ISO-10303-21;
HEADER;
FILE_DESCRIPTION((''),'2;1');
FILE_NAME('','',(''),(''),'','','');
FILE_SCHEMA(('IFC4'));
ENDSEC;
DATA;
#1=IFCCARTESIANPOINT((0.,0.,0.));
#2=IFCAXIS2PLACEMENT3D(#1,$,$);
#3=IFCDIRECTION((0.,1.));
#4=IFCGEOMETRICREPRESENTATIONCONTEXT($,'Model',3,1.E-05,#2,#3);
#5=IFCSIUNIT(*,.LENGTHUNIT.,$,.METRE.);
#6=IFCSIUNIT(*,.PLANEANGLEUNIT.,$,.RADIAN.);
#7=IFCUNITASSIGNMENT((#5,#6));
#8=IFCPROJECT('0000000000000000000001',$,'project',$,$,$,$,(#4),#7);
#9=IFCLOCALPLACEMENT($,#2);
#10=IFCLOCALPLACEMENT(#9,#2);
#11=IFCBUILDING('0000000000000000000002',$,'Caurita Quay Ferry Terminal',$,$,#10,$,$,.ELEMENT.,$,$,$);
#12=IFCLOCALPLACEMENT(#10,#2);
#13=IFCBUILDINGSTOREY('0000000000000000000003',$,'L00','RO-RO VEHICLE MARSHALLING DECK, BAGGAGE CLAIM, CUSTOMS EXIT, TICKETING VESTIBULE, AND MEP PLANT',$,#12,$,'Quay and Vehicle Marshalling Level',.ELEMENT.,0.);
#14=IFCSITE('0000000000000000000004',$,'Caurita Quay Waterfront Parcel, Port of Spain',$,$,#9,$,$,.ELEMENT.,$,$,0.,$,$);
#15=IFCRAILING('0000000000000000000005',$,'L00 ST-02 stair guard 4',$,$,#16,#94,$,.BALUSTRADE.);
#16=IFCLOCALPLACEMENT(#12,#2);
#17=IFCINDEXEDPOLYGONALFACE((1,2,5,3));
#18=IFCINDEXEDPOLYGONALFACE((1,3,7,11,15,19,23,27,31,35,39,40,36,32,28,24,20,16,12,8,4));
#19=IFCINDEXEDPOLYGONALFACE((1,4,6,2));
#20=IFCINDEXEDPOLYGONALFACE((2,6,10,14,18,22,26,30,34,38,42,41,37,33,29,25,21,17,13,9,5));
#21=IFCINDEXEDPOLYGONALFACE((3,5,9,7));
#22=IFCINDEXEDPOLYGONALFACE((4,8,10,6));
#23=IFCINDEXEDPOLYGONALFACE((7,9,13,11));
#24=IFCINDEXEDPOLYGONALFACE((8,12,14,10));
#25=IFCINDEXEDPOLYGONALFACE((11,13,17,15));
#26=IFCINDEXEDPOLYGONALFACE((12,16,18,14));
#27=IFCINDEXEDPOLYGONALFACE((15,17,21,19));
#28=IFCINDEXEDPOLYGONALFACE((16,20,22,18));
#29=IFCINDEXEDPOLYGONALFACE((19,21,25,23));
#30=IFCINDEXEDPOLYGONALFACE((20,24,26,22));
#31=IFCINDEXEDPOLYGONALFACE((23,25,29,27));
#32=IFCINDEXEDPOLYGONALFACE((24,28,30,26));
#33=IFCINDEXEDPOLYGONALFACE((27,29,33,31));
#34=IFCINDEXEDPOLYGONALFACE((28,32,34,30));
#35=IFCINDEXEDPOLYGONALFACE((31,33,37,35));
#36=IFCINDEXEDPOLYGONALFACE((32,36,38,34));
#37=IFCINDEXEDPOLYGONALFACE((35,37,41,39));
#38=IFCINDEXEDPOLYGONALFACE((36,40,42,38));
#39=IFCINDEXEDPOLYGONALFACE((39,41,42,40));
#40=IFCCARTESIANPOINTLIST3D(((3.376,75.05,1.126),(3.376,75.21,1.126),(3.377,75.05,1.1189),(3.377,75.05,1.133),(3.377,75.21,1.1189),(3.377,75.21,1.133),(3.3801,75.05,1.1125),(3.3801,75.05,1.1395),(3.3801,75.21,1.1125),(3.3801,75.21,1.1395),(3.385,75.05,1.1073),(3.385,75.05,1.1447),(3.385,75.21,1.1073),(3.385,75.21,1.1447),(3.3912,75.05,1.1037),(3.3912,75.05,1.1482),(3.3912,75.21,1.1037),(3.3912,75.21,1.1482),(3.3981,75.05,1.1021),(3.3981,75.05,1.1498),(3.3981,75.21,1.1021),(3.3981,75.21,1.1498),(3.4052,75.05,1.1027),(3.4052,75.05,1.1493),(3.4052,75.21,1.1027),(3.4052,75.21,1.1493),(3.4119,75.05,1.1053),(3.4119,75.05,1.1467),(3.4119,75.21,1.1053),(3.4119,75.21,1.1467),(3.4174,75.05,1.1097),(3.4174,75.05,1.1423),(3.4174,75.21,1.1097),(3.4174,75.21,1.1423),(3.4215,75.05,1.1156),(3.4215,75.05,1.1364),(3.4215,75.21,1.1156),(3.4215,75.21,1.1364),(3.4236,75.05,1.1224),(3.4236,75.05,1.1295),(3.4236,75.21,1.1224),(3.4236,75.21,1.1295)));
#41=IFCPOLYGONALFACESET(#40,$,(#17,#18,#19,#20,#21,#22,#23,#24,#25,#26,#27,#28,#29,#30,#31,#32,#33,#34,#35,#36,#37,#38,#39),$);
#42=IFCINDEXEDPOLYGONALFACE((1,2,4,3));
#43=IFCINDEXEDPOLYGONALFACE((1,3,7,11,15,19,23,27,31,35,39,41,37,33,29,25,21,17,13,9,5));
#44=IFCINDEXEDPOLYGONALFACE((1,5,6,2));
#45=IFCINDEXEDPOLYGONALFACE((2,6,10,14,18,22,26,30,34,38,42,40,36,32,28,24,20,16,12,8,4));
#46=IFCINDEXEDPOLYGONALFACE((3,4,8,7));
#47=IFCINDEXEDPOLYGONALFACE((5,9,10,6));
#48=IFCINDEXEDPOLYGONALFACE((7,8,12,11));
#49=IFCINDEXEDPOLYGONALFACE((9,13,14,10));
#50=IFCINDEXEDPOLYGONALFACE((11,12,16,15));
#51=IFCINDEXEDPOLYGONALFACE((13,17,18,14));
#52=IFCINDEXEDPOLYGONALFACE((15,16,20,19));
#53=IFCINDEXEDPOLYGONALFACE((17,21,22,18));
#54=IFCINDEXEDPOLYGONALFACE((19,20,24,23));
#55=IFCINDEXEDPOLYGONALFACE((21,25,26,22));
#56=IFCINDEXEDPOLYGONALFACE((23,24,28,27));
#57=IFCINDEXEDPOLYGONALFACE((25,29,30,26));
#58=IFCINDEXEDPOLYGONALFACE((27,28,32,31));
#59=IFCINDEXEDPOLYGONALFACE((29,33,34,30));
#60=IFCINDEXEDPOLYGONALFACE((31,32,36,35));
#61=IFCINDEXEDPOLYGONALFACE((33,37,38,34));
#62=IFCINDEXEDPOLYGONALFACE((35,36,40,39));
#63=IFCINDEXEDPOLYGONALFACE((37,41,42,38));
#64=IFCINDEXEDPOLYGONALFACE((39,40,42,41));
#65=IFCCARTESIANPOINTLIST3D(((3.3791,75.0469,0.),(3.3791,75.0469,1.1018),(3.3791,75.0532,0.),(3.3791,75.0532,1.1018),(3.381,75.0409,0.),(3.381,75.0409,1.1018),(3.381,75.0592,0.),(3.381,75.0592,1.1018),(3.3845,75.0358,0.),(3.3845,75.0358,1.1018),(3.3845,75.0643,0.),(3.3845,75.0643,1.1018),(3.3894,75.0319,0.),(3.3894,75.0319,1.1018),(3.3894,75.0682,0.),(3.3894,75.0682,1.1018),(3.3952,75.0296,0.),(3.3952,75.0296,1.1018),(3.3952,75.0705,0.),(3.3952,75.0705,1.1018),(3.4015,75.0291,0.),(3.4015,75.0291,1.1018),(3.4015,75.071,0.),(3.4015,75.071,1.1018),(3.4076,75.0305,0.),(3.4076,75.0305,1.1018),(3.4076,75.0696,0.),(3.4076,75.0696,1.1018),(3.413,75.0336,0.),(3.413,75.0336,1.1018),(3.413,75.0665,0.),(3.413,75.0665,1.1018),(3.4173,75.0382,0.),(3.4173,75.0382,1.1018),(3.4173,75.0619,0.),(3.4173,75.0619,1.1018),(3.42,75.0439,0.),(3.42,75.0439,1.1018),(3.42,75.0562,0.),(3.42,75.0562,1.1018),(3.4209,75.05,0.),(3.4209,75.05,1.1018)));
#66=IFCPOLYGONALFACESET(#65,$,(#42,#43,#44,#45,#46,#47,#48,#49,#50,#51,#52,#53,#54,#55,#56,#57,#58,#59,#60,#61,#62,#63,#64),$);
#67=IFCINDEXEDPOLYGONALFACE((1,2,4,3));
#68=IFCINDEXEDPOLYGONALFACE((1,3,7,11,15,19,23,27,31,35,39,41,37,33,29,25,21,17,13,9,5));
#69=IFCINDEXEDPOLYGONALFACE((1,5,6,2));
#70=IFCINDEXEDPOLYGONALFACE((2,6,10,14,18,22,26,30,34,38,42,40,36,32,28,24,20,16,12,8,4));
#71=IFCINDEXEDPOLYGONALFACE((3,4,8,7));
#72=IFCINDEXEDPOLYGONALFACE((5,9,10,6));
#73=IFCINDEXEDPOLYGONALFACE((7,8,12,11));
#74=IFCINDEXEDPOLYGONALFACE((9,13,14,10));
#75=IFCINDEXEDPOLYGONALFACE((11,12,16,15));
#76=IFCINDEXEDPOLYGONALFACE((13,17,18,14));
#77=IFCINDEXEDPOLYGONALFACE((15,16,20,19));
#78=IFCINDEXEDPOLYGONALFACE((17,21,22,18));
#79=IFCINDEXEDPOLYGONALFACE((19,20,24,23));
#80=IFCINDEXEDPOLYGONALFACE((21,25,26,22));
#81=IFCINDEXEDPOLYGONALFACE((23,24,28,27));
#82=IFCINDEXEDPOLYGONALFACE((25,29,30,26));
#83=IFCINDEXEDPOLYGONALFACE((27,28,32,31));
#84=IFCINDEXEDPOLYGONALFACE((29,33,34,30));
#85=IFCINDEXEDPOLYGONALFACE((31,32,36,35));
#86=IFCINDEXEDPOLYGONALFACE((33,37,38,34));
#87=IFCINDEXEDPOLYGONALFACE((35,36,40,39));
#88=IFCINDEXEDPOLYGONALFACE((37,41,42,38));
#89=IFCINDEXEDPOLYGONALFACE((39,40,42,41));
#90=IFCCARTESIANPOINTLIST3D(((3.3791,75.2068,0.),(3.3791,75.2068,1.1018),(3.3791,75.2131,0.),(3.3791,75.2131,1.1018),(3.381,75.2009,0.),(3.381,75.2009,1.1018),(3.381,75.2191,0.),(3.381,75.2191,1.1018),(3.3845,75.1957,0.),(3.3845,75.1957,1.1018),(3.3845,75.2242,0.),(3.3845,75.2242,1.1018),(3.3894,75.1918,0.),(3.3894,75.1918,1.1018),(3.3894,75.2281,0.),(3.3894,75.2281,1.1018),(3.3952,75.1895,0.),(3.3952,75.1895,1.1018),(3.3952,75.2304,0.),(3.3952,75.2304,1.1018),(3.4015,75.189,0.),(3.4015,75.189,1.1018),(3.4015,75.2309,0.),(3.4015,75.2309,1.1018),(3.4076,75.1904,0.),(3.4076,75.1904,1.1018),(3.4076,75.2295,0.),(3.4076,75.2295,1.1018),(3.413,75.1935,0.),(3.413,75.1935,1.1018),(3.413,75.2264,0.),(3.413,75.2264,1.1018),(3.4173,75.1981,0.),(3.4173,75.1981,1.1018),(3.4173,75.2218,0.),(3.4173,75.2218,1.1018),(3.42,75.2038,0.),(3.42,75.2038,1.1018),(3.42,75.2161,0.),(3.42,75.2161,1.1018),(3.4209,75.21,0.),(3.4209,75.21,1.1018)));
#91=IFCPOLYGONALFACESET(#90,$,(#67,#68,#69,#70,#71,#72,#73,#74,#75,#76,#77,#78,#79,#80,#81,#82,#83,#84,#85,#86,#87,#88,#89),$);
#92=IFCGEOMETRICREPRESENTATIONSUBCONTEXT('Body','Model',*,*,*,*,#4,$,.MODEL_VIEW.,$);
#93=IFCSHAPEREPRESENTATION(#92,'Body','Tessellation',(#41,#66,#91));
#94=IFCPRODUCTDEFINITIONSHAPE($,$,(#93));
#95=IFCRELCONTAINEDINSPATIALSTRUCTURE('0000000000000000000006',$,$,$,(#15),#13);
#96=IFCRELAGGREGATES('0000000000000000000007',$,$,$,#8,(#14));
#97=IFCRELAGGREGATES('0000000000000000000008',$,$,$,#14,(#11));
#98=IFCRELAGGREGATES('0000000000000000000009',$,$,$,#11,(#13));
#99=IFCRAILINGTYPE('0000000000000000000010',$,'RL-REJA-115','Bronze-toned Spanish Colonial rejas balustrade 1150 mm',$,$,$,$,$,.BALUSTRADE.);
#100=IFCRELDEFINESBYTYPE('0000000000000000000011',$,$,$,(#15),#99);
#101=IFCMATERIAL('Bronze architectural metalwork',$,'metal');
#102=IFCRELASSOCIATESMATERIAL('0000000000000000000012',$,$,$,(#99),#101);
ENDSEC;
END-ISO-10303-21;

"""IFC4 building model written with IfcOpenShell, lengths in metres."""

from ifc_helpers import new_model, si_unit, direction, frame, origin, origin_2d, place, context, subcontext, project, spatial, circle, extrude, material, type_object, element, save


model = new_model("IFC4")

# Units and contexts
model_context = context("Model", 3, precision=1e-05, world=origin(), true_north=direction((0.0, 1.0)))
body_context = subcontext(model_context, "Body", "Model", "MODEL_VIEW")
ifc_project = project(units=[si_unit("LENGTHUNIT", "METRE"), si_unit("PLANEANGLEUNIT", "RADIAN")], contexts=[model_context])

# Site, building, storey
site_placement = place(None, origin())
site = spatial("IfcSite", under=ifc_project, at=site_placement, Name="Caurita Quay Waterfront Parcel, Port of Spain", CompositionType="ELEMENT", RefElevation=0.0)
building_placement = place(site_placement, origin())
building = spatial("IfcBuilding", under=site, at=building_placement, Name="Caurita Quay Ferry Terminal", CompositionType="ELEMENT")
storey_placement = place(building_placement, origin())
storey = spatial("IfcBuildingStorey", under=building, at=storey_placement, Name="L00", Description="RO-RO VEHICLE MARSHALLING DECK, BAGGAGE CLAIM, CUSTOMS EXIT, TICKETING VESTIBULE, AND MEP PLANT", LongName="Quay and Vehicle Marshalling Level", CompositionType="ELEMENT", Elevation=0.0)

# Railing
ifc_material_1 = material(Name="Bronze architectural metalwork", Category="metal")
railing_type_1 = type_object("IfcRailingType", Name="RL-REJA-115", Description="Bronze-toned Spanish Colonial rejas balustrade 1150 mm", PredefinedType="BALUSTRADE", material=ifc_material_1)
railing_1_placement = place(storey_placement, frame((3.3999, 75.05, 0.0)))
element("IfcRailing", 1, at=railing_1_placement, inside=storey, type_object=railing_type_1, Name="L00 ST-02 stair guard 4", PredefinedType="BALUSTRADE", context=body_context, shape_type="SweptSolid", body=[
    extrude(circle(Radius=0.0239, at=origin_2d()), frame((0.0, 0.0, 1.126), z_axis=(0.0, 1.0, 0.0), x_axis=(-1.0, 0.0, 0.0)), (0.0, 0.0, 1.0), 0.1599),
    extrude(circle(Radius=0.021, at=origin_2d()), origin(), (0.0, 0.0, 1.0), 1.1018),
    extrude(circle(Radius=0.021, at=origin_2d()), frame((0.0, 0.1599, 0.0)), (0.0, 0.0, 1.0), 1.1018),
])

save(model, "model.ifc")
